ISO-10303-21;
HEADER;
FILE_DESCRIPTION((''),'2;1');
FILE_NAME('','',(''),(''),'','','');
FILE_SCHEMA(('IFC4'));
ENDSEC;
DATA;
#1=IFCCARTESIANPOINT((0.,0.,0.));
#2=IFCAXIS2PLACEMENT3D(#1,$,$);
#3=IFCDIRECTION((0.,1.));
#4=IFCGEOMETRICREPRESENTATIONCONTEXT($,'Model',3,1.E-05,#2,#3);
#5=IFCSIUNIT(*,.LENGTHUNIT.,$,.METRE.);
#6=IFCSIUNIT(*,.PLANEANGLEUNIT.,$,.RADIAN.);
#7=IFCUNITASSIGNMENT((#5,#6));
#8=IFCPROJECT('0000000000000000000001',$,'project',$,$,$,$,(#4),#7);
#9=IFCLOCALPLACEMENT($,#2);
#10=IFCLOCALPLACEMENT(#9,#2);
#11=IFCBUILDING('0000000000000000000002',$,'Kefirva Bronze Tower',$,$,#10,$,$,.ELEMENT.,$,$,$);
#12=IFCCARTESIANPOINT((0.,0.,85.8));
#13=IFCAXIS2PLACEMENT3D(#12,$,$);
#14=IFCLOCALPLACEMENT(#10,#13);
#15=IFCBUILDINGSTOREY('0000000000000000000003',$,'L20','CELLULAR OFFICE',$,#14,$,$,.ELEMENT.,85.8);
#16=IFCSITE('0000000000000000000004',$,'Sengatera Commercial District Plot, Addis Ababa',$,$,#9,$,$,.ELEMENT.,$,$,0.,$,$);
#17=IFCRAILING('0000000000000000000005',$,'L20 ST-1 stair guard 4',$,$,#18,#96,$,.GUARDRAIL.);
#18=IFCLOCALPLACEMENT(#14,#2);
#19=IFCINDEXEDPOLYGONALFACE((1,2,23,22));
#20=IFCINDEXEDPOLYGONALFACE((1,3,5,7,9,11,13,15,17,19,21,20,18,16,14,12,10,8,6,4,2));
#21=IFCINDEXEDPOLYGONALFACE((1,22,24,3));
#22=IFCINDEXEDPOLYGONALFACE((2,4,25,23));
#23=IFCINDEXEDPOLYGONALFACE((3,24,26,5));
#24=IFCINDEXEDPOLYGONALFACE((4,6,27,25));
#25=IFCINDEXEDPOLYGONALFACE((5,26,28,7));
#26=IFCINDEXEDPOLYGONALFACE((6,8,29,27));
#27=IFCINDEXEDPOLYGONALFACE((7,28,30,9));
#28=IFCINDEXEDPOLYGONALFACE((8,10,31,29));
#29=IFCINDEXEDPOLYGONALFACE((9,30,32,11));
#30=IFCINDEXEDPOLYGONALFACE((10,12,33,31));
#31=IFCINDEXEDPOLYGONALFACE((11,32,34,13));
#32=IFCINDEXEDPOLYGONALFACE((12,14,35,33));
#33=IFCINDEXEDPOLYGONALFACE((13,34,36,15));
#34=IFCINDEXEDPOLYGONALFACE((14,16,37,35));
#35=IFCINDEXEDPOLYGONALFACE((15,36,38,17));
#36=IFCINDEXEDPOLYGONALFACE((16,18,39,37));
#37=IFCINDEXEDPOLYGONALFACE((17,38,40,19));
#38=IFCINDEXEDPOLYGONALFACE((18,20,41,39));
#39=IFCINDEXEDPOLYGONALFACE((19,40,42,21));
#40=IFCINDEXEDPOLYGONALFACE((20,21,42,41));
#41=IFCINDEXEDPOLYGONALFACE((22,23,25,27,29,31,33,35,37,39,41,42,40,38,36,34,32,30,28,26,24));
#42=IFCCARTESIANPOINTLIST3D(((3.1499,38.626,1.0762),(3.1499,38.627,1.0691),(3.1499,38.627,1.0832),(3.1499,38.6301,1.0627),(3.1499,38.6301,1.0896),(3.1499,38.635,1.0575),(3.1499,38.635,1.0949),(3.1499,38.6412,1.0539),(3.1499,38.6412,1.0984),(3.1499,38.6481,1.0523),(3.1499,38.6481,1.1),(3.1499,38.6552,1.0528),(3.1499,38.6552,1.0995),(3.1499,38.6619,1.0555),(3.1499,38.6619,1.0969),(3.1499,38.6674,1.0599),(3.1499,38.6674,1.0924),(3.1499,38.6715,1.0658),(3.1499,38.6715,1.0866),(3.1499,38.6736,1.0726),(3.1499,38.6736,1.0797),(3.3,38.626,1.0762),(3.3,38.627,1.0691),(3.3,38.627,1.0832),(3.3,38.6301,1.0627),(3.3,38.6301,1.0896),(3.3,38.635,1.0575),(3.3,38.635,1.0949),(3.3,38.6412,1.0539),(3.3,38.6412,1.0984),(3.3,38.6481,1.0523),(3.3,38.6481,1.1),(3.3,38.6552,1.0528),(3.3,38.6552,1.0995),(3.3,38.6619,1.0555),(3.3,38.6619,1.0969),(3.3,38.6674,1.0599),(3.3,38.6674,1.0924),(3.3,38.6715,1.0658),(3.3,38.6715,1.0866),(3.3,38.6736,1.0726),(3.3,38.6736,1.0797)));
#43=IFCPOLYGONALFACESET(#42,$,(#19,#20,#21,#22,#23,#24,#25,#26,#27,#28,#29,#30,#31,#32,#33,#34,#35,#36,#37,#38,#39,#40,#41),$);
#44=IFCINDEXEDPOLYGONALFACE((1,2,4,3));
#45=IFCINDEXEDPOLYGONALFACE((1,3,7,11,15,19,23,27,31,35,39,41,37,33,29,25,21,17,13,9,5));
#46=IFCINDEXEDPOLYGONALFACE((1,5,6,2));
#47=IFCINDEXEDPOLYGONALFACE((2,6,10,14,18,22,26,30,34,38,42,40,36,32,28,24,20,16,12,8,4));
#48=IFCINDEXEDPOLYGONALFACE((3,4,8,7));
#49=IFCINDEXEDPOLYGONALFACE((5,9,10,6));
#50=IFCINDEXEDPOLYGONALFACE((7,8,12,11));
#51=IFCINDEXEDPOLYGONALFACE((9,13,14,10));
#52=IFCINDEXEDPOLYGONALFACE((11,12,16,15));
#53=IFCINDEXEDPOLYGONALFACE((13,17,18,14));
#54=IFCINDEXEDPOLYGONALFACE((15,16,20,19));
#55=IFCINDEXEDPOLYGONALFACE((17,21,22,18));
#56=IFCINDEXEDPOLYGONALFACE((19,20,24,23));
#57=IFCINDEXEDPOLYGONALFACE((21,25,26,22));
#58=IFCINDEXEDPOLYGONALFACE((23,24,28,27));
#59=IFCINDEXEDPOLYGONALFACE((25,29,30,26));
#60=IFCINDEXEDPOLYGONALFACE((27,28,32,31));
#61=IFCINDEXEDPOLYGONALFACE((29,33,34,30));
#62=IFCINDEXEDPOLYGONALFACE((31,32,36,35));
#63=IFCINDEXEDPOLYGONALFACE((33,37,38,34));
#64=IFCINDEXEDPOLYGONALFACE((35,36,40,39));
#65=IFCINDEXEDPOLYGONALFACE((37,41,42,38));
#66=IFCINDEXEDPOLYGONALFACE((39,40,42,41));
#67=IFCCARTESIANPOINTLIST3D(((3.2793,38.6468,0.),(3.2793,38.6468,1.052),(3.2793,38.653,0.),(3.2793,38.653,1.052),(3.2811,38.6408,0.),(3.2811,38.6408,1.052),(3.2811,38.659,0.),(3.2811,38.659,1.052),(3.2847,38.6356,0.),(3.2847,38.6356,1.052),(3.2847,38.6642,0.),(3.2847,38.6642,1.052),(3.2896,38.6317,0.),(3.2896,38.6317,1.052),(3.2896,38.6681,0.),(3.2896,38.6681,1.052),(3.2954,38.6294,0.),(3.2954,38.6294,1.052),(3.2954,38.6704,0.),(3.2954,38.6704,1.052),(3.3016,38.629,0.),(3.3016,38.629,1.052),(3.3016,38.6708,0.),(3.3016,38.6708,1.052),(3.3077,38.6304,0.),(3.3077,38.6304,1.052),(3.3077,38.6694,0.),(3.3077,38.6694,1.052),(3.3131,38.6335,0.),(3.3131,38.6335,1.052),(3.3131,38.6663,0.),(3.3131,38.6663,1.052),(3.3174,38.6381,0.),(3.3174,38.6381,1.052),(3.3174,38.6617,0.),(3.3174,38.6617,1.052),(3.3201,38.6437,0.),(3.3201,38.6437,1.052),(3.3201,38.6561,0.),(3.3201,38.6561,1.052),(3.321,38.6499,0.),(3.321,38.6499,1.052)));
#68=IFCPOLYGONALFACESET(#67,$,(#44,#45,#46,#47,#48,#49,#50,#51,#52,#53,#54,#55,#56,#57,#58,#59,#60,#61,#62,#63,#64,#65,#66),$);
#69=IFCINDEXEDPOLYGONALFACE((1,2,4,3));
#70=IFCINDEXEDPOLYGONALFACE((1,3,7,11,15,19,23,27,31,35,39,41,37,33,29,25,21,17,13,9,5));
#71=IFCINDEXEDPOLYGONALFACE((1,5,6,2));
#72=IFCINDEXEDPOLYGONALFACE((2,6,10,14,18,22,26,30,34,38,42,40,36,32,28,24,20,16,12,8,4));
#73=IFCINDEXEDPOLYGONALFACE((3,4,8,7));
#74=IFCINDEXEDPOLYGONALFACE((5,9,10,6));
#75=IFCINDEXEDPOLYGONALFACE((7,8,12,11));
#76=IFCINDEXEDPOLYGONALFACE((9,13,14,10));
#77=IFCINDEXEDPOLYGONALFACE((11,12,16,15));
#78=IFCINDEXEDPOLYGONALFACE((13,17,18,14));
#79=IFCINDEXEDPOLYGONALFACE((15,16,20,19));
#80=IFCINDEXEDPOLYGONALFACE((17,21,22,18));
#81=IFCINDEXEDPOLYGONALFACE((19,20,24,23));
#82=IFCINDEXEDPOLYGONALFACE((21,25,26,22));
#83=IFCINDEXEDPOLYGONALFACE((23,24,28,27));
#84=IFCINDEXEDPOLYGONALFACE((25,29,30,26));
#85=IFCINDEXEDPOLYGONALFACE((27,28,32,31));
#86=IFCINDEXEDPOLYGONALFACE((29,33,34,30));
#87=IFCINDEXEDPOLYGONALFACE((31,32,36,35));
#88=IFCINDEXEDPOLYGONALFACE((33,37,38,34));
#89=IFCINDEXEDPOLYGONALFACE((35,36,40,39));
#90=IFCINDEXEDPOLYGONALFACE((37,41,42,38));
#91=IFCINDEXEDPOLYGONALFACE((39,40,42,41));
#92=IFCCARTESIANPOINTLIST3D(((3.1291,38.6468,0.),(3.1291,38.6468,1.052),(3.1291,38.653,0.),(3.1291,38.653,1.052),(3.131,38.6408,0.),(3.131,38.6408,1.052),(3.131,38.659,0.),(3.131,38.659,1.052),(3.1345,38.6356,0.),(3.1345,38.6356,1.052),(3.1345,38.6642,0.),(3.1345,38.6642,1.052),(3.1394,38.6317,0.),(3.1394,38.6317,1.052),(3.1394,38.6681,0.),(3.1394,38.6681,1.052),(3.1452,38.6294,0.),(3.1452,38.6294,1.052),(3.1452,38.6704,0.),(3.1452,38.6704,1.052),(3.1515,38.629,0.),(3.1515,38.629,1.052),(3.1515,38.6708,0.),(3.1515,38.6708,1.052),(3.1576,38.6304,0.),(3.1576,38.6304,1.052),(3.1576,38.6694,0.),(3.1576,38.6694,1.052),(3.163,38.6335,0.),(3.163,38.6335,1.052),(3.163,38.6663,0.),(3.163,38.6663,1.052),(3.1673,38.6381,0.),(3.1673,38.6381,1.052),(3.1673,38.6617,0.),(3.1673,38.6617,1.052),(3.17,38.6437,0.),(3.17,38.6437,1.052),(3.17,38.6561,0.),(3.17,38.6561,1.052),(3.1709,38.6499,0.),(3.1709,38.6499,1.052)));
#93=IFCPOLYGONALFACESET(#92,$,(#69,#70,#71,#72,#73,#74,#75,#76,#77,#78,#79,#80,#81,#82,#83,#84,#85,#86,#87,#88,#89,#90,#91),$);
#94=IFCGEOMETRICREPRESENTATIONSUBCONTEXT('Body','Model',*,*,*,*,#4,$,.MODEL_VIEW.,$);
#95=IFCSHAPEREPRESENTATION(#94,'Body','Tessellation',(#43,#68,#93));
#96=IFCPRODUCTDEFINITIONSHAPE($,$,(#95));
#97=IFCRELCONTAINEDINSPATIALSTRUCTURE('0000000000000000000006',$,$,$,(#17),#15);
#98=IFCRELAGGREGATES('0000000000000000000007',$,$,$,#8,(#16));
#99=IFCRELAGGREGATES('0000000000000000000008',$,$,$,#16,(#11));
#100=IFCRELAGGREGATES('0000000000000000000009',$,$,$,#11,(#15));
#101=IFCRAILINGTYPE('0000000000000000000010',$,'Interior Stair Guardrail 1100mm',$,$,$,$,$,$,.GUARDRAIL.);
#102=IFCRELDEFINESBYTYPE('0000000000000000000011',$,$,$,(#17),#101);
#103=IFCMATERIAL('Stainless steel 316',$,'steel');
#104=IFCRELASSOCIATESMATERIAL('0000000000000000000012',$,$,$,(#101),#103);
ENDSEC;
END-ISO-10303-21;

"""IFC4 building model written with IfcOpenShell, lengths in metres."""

from ifc_helpers import new_model, si_unit, direction, frame, origin, origin_2d, place, context, subcontext, project, spatial, circle, extrude, material, type_object, element, save


model = new_model("IFC4")

# Units and contexts
model_context = context("Model", 3, precision=1e-05, world=origin(), true_north=direction((0.0, 1.0)))
body_context = subcontext(model_context, "Body", "Model", "MODEL_VIEW")
ifc_project = project(units=[si_unit("LENGTHUNIT", "METRE"), si_unit("PLANEANGLEUNIT", "RADIAN")], contexts=[model_context])

# Site, building, storey
site_placement = place(None, origin())
site = spatial("IfcSite", under=ifc_project, at=site_placement, Name="Sengatera Commercial District Plot, Addis Ababa", CompositionType="ELEMENT", RefElevation=0.0)
building_placement = place(site_placement, origin())
building = spatial("IfcBuilding", under=site, at=building_placement, Name="Kefirva Bronze Tower", CompositionType="ELEMENT")
storey_placement = place(building_placement, frame((0.0, 0.0, 85.8)))
storey = spatial("IfcBuildingStorey", under=building, at=storey_placement, Name="L20", Description="CELLULAR OFFICE", CompositionType="ELEMENT", Elevation=85.8)

# Railing
ifc_material_1 = material(Name="Stainless steel 316", Category="steel")
railing_type_1 = type_object("IfcRailingType", Name="Interior Stair Guardrail 1100mm", PredefinedType="GUARDRAIL", material=ifc_material_1)
railing_1_placement = place(storey_placement, frame((3.3, 38.6499, 0.0)))
element("IfcRailing", 1, at=railing_1_placement, inside=storey, type_object=railing_type_1, Name="L20 ST-1 stair guard 4", PredefinedType="GUARDRAIL", context=body_context, shape_type="SweptSolid", body=[
    extrude(circle(Radius=0.0239, at=origin_2d()), frame((0.0, 0.0, 1.0762), z_axis=(-1.0, 0.0, 0.0), x_axis=(0.0, -1.0, 0.0)), (0.0, 0.0, 1.0), 0.1501),
    extrude(circle(Radius=0.021, at=origin_2d()), origin(), (0.0, 0.0, 1.0), 1.052),
    extrude(circle(Radius=0.021, at=origin_2d()), frame((-0.1501, 0.0, 0.0)), (0.0, 0.0, 1.0), 1.052),
])

save(model, "model.ifc")
